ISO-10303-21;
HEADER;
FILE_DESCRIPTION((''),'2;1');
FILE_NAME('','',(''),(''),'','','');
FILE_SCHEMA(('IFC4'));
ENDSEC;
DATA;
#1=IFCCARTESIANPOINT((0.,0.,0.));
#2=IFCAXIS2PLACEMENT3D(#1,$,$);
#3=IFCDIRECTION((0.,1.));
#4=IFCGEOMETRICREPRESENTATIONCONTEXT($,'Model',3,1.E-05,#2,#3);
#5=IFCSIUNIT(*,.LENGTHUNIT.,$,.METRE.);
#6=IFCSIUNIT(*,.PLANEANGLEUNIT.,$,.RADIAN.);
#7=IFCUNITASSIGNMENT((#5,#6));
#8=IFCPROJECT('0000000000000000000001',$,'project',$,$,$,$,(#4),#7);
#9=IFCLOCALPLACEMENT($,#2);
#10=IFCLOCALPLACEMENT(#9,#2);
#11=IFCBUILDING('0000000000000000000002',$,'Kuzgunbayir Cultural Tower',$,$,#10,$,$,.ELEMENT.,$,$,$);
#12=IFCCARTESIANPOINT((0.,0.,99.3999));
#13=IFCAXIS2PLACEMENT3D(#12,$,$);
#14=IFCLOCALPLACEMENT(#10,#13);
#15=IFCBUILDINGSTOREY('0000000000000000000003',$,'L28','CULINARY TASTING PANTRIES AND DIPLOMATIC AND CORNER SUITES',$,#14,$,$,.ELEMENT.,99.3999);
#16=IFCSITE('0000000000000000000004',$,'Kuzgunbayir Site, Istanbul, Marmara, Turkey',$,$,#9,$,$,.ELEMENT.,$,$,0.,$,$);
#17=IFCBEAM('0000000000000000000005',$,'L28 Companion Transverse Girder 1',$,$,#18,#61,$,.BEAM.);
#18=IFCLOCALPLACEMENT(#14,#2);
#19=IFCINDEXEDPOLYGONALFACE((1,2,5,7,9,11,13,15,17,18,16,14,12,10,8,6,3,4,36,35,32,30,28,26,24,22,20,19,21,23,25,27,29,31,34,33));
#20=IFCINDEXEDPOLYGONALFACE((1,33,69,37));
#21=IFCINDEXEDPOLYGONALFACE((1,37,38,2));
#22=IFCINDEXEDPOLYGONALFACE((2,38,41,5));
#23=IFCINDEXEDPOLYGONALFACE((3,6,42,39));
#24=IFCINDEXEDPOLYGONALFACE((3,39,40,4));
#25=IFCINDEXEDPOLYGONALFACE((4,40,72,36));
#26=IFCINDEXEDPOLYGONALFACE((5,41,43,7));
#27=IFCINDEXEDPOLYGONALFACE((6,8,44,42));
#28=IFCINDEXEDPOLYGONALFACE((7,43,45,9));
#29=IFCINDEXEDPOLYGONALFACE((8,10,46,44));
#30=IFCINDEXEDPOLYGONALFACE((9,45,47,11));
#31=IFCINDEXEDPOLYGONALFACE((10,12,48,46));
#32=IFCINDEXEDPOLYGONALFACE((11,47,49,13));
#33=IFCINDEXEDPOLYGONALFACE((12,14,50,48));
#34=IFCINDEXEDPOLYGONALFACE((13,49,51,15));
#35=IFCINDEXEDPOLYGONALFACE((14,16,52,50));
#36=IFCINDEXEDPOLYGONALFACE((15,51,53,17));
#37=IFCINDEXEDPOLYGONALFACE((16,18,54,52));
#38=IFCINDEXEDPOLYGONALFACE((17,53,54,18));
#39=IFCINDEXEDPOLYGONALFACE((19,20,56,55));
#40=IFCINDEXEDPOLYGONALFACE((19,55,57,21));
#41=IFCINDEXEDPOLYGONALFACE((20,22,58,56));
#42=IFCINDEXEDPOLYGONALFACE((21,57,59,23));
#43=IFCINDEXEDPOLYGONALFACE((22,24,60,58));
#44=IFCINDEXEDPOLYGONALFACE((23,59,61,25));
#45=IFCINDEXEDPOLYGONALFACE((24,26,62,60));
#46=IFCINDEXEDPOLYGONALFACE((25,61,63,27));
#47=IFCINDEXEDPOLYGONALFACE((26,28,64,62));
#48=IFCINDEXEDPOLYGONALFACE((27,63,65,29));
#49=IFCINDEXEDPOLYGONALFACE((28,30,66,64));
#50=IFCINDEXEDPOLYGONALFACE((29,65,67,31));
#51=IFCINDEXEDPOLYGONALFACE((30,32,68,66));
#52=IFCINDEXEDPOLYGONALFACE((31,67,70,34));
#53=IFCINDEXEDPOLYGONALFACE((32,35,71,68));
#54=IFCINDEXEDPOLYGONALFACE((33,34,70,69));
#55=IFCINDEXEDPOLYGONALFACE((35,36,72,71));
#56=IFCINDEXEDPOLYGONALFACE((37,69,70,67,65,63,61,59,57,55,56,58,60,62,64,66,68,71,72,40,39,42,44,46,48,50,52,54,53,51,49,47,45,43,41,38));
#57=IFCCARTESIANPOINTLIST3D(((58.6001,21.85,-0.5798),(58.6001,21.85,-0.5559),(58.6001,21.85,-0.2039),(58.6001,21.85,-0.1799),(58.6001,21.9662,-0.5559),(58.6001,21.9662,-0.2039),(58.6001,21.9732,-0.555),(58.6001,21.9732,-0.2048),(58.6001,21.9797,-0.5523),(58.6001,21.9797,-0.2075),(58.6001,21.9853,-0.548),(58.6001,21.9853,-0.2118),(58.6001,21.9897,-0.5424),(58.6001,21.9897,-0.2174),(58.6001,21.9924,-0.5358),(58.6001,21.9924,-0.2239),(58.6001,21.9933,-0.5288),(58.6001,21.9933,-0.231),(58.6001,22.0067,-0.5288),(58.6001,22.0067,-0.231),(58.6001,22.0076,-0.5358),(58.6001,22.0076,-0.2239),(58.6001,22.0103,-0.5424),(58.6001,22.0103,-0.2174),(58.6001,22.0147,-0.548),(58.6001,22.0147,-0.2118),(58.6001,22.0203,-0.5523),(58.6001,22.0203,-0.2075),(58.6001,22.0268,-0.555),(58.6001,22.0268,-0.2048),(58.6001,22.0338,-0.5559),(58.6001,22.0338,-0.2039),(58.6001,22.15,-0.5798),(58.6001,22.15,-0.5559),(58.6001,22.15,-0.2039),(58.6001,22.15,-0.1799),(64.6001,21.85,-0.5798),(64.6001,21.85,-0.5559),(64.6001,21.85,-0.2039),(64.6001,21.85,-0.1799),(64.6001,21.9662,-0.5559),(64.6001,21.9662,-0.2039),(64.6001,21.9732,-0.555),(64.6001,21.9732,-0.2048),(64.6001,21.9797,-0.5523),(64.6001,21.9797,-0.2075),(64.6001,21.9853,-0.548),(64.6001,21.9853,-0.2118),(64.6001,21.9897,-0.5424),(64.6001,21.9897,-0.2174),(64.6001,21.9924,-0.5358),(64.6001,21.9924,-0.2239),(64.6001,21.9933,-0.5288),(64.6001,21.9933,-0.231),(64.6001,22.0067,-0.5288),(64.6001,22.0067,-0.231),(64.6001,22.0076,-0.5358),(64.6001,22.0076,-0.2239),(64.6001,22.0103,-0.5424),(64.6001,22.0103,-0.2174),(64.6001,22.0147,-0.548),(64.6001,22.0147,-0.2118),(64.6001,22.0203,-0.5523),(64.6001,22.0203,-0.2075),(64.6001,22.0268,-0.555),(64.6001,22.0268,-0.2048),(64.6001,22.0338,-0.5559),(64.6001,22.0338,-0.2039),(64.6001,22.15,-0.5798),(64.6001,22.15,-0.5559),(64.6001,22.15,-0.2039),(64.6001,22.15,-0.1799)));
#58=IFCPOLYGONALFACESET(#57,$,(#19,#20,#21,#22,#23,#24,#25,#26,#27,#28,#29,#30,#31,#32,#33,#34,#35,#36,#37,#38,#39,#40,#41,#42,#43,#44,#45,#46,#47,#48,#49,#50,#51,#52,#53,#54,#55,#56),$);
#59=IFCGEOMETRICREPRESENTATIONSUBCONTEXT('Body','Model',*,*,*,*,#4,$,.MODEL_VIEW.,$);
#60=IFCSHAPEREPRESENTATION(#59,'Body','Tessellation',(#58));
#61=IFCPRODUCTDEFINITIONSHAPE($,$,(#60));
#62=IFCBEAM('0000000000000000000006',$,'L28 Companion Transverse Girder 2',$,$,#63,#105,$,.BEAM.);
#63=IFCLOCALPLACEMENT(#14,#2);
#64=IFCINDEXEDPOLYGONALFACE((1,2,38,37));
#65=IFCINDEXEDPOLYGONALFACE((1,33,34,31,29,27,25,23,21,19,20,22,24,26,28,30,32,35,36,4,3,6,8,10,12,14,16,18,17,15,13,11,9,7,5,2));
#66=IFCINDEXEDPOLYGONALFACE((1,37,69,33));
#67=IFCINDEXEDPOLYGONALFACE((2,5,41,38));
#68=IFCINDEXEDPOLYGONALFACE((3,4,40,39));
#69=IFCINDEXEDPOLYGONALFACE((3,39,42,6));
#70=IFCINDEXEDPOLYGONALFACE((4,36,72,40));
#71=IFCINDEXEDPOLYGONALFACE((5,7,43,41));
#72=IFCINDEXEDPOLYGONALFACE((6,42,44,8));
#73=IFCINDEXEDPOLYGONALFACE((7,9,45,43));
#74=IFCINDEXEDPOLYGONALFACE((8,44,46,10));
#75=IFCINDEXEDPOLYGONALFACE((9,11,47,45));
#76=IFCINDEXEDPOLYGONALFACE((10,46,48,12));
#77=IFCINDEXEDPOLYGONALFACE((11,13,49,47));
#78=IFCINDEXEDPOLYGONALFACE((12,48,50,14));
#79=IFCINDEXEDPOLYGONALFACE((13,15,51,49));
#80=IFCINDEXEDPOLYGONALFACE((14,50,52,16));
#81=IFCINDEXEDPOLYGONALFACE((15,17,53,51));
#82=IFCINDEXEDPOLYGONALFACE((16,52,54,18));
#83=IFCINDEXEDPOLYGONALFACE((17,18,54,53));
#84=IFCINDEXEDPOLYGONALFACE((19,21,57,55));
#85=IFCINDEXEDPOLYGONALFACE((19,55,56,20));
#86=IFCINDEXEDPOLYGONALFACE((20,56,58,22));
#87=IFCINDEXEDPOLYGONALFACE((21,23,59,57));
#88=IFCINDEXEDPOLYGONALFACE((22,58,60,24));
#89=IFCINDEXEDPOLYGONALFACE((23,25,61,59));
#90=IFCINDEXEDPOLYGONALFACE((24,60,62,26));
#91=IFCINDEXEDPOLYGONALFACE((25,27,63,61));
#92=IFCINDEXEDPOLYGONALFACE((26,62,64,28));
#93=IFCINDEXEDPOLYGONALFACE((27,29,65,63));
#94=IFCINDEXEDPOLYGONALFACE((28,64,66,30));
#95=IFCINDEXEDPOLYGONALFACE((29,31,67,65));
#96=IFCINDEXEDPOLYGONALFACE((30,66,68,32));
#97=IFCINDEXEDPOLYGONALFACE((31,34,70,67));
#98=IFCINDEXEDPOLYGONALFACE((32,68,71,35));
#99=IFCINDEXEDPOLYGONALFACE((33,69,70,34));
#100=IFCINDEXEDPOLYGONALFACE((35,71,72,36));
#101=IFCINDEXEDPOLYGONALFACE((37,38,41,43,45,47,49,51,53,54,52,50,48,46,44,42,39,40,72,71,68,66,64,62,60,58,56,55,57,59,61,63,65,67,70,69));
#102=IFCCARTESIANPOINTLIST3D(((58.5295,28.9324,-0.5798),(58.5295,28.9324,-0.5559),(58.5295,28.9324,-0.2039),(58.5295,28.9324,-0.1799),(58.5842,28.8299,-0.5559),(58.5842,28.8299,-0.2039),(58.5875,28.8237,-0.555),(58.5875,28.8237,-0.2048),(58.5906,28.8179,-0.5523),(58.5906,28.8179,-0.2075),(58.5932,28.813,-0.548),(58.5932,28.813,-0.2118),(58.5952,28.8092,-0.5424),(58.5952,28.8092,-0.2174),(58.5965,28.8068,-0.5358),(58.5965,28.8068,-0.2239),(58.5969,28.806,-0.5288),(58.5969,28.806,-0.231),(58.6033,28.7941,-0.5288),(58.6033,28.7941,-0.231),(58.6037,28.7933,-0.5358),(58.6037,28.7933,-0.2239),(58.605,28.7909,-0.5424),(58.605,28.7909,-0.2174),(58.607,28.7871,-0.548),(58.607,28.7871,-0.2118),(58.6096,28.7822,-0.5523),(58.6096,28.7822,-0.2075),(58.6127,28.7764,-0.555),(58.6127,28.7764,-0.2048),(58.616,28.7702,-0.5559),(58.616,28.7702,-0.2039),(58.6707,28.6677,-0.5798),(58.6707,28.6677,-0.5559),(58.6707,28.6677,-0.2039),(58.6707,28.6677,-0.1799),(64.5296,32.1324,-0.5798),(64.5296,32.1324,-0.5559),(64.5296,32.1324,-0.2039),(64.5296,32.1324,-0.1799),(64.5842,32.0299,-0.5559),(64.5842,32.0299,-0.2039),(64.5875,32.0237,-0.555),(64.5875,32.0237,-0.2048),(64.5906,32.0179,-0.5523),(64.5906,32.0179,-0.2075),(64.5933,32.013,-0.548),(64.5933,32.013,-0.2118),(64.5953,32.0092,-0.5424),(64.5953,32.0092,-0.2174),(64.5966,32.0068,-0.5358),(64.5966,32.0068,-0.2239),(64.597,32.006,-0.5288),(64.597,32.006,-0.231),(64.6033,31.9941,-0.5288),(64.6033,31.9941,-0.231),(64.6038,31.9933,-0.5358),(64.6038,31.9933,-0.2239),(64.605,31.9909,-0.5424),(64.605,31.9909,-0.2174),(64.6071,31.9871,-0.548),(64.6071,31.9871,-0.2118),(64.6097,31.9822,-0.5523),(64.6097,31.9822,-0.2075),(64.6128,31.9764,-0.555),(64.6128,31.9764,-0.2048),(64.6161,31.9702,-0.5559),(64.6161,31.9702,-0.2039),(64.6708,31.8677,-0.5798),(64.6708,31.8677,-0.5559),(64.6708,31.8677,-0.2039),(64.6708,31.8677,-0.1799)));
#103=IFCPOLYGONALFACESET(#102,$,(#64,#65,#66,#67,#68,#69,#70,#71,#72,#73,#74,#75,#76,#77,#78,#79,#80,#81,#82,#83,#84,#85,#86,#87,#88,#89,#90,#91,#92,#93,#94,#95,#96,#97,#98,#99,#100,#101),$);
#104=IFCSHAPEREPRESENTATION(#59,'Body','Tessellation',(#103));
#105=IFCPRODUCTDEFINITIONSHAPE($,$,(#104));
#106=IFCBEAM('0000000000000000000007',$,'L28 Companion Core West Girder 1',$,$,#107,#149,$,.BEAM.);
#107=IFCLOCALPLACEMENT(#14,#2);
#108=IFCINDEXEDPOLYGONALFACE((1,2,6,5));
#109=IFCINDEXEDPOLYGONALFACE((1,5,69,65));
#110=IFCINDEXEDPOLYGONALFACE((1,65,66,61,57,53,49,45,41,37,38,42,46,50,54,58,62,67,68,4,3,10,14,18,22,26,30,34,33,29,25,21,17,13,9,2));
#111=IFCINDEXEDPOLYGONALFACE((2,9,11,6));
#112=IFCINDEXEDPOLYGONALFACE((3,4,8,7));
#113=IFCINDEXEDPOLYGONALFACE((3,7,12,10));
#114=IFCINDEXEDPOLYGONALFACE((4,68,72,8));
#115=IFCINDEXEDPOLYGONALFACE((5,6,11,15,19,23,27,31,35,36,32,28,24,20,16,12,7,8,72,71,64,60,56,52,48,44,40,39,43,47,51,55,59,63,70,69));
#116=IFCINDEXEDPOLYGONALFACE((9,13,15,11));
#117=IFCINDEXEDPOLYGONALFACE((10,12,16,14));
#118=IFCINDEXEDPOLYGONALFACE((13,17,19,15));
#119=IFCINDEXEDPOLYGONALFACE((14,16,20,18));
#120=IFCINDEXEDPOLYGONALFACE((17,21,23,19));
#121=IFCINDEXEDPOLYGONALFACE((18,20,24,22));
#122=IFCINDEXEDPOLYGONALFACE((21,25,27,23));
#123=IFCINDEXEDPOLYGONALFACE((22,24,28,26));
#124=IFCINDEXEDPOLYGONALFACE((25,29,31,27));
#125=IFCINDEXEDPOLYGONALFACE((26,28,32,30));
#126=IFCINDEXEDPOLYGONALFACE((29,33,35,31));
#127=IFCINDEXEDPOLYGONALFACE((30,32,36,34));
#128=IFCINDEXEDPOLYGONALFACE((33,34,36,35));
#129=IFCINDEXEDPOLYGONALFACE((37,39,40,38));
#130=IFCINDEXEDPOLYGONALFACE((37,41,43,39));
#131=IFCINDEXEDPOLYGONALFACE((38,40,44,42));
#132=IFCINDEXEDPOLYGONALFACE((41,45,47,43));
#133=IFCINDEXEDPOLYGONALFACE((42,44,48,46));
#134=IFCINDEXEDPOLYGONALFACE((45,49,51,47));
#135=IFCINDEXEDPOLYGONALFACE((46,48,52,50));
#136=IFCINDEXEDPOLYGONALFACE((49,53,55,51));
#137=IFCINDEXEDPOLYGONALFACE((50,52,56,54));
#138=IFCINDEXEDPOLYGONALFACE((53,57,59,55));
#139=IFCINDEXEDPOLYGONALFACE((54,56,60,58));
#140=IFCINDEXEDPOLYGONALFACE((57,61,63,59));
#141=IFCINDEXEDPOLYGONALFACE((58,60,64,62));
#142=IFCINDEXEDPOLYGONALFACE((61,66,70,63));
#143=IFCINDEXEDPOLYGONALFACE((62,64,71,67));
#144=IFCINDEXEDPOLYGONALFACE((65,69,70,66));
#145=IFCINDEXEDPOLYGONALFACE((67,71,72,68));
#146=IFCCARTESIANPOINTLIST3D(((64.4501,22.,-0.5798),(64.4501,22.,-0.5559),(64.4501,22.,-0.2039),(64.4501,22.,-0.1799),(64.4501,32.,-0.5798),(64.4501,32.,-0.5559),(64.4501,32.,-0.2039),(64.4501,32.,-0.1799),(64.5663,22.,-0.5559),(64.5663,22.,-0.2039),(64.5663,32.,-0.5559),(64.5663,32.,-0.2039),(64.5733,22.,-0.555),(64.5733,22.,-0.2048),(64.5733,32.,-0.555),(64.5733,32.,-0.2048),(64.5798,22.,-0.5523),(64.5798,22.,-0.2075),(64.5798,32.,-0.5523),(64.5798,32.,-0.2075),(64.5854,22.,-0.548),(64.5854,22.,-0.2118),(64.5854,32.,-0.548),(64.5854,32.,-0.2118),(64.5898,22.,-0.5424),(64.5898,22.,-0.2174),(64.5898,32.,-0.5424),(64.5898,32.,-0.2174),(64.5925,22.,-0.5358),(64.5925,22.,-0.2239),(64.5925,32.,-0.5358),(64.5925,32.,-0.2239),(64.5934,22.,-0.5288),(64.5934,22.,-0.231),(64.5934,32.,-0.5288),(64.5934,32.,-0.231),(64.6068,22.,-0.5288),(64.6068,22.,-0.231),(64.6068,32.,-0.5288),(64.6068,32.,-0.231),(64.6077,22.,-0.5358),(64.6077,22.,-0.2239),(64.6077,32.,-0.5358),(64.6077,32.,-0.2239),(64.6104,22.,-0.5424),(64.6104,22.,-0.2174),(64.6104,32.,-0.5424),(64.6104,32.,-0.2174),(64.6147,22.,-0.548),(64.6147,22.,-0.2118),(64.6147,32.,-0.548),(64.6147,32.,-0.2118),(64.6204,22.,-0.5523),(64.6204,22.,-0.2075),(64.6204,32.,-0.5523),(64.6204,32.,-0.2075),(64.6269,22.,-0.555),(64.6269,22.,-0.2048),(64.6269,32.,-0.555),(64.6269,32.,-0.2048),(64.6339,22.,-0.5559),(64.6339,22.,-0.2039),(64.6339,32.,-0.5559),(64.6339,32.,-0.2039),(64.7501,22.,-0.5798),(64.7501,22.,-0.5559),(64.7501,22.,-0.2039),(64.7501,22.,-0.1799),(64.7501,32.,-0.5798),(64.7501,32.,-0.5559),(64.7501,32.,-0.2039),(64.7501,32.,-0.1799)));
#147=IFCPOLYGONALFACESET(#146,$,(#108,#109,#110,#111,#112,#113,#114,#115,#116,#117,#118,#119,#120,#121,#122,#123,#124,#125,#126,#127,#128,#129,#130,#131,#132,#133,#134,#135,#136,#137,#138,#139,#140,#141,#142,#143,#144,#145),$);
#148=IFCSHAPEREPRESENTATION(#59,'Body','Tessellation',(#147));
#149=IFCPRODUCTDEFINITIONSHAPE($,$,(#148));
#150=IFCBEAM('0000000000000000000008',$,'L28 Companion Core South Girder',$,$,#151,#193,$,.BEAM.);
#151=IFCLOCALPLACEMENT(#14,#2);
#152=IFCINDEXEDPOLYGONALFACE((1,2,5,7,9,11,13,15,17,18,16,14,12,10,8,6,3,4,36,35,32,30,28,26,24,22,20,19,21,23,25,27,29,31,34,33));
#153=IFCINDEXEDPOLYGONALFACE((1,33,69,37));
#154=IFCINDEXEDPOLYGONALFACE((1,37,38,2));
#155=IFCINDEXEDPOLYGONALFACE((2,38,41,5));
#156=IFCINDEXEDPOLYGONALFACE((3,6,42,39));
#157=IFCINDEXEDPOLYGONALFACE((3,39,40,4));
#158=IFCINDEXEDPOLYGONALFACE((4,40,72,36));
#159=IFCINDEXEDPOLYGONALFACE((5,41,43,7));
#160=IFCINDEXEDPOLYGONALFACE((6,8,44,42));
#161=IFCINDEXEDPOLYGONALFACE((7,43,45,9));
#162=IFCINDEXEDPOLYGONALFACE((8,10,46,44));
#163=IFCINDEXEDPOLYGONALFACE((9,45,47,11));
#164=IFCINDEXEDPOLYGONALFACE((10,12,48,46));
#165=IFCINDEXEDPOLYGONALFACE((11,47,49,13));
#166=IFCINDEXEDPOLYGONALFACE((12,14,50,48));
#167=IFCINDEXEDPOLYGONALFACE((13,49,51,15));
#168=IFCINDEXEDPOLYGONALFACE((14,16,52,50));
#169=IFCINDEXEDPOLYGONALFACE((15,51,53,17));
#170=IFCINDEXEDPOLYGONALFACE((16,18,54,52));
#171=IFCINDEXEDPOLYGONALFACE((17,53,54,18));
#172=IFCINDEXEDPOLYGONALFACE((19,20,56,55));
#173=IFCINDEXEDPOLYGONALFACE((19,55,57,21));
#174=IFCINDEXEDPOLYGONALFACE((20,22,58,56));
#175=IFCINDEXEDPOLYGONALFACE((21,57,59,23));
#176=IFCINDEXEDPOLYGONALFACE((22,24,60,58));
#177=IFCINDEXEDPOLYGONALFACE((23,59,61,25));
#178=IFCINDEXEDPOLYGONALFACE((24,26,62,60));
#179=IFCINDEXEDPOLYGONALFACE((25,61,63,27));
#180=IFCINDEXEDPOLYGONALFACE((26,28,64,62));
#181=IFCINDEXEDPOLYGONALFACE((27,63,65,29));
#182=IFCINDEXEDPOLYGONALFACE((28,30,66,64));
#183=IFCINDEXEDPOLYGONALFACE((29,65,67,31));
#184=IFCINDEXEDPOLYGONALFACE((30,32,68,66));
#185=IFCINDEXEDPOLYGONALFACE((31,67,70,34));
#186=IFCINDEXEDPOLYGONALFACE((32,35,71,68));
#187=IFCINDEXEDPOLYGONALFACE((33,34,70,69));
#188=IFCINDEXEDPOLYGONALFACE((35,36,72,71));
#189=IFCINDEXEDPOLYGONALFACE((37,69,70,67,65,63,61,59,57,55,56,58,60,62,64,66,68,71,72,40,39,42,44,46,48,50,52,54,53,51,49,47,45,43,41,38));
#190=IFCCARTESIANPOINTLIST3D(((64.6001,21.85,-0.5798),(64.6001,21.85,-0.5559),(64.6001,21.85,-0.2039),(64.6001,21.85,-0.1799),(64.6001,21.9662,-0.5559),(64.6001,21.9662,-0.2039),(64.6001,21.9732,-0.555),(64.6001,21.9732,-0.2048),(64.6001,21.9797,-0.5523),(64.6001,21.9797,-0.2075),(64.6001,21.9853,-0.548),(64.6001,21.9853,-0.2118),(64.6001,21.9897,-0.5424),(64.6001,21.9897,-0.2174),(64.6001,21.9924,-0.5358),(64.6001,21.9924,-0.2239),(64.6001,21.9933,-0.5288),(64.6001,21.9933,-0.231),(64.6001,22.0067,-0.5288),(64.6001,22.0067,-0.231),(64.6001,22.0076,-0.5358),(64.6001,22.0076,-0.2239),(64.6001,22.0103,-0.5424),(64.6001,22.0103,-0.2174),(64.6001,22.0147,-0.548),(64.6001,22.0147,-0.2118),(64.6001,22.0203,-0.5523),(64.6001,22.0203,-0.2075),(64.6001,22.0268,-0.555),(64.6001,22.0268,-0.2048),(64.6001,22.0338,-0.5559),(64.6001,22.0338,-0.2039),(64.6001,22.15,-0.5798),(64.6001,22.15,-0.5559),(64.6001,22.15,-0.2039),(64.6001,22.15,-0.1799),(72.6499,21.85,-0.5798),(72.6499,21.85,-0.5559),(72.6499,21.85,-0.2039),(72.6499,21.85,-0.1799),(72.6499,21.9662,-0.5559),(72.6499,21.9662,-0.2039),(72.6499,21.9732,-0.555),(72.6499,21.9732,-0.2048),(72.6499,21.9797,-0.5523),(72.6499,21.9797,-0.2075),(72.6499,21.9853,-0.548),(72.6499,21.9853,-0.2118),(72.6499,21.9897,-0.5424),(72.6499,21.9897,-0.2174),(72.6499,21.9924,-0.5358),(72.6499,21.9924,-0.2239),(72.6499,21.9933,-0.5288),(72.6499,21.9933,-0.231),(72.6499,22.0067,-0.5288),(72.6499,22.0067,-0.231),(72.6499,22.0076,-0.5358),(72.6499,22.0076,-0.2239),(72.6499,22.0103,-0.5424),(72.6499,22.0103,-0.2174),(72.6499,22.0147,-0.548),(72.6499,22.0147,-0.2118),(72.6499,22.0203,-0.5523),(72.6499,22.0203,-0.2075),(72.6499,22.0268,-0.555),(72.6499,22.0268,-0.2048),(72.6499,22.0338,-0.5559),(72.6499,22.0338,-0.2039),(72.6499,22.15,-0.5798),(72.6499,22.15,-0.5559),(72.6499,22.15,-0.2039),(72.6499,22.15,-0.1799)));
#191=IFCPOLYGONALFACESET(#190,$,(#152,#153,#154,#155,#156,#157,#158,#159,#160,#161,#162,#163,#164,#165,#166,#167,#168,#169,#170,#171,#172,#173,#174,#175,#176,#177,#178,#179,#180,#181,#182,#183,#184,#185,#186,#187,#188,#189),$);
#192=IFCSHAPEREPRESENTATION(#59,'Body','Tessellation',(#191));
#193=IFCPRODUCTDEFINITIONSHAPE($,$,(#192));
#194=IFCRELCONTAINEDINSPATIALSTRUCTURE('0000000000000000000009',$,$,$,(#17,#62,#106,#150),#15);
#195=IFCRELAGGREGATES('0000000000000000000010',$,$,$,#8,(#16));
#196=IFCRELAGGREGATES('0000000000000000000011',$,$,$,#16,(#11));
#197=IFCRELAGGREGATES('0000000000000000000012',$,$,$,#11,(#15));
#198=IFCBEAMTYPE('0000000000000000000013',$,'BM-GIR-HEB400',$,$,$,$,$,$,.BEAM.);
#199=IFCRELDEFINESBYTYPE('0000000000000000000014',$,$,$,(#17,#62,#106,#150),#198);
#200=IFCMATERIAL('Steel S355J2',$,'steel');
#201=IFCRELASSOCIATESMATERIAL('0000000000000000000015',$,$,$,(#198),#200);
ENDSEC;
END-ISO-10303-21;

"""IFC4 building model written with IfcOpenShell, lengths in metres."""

from ifc_helpers import new_model, si_unit, direction, frame, origin, origin_2d, place, context, subcontext, project, spatial, i_section, extrude, material, material_profile, profile_set, type_object, element, save


model = new_model("IFC4")

# Units and contexts
model_context = context("Model", 3, precision=1e-05, world=origin(), true_north=direction((0.0, 1.0)))
body_context = subcontext(model_context, "Body", "Model", "MODEL_VIEW")
ifc_project = project(units=[si_unit("LENGTHUNIT", "METRE"), si_unit("PLANEANGLEUNIT", "RADIAN")], contexts=[model_context])

# Site, building, storey
site_placement = place(None, origin())
site = spatial("IfcSite", under=ifc_project, at=site_placement, Name="Kuzgunbayir Site, Istanbul, Marmara, Turkey", CompositionType="ELEMENT", RefElevation=0.0)
building_placement = place(site_placement, origin())
building = spatial("IfcBuilding", under=site, at=building_placement, Name="Kuzgunbayir Cultural Tower", CompositionType="ELEMENT")
storey_placement = place(building_placement, frame((0.0, 0.0, 99.3999)))
storey = spatial("IfcBuildingStorey", under=building, at=storey_placement, Name="L28", Description="CULINARY TASTING PANTRIES AND DIPLOMATIC AND CORNER SUITES", CompositionType="ELEMENT", Elevation=99.3999)

# Beams
ifc_material_1 = material(Name="Steel S355J2", Category="steel")
ifc_material_profile_1 = material_profile(ifc_material_1, i_section(OverallWidth=0.3, OverallDepth=0.3999, WebThickness=0.0134, FlangeThickness=0.0239, FilletRadius=0.0271, at=origin_2d()), Name="HEB 400")
ifc_profile_set_1 = profile_set([ifc_material_profile_1], Name="Steel S355J2")
beam_type_1 = type_object("IfcBeamType", Name="BM-GIR-HEB400", PredefinedType="BEAM", material=ifc_profile_set_1)
beam_1_placement = place(storey_placement, frame((58.6001, 22.0, -0.3799), z_axis=(1.0, 0.0, 0.0), x_axis=(0.0, 1.0, 0.0)))
element("IfcBeam", 1, at=beam_1_placement, inside=storey, type_object=beam_type_1, Name="L28 Companion Transverse Girder 1", PredefinedType="BEAM", context=body_context, shape_type="SweptSolid", body=[
    extrude(i_section(OverallWidth=0.3, OverallDepth=0.3999, WebThickness=0.0134, FlangeThickness=0.0239, FilletRadius=0.0271, at=origin_2d()), origin(), (0.0, 0.0, 1.0), 6.0),
])
beam_2_placement = place(storey_placement, frame((58.6001, 28.8, -0.3799), z_axis=(0.882356, 0.470583, 0.0), x_axis=(-0.470583, 0.882356, 0.0)))
element("IfcBeam", 2, at=beam_2_placement, inside=storey, type_object=beam_type_1, Name="L28 Companion Transverse Girder 2", PredefinedType="BEAM", context=body_context, shape_type="SweptSolid", body=[
    extrude(i_section(OverallWidth=0.3, OverallDepth=0.3999, WebThickness=0.0134, FlangeThickness=0.0239, FilletRadius=0.0271, at=origin_2d()), origin(), (0.0, 0.0, 1.0), 6.8),
])
beam_3_placement = place(storey_placement, frame((64.6001, 22.0, -0.3799), z_axis=(0.0, 1.0, 0.0), x_axis=(-1.0, 0.0, 0.0)))
element("IfcBeam", 3, at=beam_3_placement, inside=storey, type_object=beam_type_1, Name="L28 Companion Core West Girder 1", PredefinedType="BEAM", context=body_context, shape_type="SweptSolid", body=[
    extrude(i_section(OverallWidth=0.3, OverallDepth=0.3999, WebThickness=0.0134, FlangeThickness=0.0239, FilletRadius=0.0271, at=origin_2d()), origin(), (0.0, 0.0, 1.0), 10.0),
])
beam_4_placement = place(storey_placement, frame((64.6001, 22.0, -0.3799), z_axis=(1.0, 0.0, 0.0), x_axis=(0.0, 1.0, 0.0)))
element("IfcBeam", 4, at=beam_4_placement, inside=storey, type_object=beam_type_1, Name="L28 Companion Core South Girder", PredefinedType="BEAM", context=body_context, shape_type="SweptSolid", body=[
    extrude(i_section(OverallWidth=0.3, OverallDepth=0.3999, WebThickness=0.0134, FlangeThickness=0.0239, FilletRadius=0.0271, at=origin_2d()), origin(), (0.0, 0.0, 1.0), 8.0498),
])

save(model, "model.ifc")
